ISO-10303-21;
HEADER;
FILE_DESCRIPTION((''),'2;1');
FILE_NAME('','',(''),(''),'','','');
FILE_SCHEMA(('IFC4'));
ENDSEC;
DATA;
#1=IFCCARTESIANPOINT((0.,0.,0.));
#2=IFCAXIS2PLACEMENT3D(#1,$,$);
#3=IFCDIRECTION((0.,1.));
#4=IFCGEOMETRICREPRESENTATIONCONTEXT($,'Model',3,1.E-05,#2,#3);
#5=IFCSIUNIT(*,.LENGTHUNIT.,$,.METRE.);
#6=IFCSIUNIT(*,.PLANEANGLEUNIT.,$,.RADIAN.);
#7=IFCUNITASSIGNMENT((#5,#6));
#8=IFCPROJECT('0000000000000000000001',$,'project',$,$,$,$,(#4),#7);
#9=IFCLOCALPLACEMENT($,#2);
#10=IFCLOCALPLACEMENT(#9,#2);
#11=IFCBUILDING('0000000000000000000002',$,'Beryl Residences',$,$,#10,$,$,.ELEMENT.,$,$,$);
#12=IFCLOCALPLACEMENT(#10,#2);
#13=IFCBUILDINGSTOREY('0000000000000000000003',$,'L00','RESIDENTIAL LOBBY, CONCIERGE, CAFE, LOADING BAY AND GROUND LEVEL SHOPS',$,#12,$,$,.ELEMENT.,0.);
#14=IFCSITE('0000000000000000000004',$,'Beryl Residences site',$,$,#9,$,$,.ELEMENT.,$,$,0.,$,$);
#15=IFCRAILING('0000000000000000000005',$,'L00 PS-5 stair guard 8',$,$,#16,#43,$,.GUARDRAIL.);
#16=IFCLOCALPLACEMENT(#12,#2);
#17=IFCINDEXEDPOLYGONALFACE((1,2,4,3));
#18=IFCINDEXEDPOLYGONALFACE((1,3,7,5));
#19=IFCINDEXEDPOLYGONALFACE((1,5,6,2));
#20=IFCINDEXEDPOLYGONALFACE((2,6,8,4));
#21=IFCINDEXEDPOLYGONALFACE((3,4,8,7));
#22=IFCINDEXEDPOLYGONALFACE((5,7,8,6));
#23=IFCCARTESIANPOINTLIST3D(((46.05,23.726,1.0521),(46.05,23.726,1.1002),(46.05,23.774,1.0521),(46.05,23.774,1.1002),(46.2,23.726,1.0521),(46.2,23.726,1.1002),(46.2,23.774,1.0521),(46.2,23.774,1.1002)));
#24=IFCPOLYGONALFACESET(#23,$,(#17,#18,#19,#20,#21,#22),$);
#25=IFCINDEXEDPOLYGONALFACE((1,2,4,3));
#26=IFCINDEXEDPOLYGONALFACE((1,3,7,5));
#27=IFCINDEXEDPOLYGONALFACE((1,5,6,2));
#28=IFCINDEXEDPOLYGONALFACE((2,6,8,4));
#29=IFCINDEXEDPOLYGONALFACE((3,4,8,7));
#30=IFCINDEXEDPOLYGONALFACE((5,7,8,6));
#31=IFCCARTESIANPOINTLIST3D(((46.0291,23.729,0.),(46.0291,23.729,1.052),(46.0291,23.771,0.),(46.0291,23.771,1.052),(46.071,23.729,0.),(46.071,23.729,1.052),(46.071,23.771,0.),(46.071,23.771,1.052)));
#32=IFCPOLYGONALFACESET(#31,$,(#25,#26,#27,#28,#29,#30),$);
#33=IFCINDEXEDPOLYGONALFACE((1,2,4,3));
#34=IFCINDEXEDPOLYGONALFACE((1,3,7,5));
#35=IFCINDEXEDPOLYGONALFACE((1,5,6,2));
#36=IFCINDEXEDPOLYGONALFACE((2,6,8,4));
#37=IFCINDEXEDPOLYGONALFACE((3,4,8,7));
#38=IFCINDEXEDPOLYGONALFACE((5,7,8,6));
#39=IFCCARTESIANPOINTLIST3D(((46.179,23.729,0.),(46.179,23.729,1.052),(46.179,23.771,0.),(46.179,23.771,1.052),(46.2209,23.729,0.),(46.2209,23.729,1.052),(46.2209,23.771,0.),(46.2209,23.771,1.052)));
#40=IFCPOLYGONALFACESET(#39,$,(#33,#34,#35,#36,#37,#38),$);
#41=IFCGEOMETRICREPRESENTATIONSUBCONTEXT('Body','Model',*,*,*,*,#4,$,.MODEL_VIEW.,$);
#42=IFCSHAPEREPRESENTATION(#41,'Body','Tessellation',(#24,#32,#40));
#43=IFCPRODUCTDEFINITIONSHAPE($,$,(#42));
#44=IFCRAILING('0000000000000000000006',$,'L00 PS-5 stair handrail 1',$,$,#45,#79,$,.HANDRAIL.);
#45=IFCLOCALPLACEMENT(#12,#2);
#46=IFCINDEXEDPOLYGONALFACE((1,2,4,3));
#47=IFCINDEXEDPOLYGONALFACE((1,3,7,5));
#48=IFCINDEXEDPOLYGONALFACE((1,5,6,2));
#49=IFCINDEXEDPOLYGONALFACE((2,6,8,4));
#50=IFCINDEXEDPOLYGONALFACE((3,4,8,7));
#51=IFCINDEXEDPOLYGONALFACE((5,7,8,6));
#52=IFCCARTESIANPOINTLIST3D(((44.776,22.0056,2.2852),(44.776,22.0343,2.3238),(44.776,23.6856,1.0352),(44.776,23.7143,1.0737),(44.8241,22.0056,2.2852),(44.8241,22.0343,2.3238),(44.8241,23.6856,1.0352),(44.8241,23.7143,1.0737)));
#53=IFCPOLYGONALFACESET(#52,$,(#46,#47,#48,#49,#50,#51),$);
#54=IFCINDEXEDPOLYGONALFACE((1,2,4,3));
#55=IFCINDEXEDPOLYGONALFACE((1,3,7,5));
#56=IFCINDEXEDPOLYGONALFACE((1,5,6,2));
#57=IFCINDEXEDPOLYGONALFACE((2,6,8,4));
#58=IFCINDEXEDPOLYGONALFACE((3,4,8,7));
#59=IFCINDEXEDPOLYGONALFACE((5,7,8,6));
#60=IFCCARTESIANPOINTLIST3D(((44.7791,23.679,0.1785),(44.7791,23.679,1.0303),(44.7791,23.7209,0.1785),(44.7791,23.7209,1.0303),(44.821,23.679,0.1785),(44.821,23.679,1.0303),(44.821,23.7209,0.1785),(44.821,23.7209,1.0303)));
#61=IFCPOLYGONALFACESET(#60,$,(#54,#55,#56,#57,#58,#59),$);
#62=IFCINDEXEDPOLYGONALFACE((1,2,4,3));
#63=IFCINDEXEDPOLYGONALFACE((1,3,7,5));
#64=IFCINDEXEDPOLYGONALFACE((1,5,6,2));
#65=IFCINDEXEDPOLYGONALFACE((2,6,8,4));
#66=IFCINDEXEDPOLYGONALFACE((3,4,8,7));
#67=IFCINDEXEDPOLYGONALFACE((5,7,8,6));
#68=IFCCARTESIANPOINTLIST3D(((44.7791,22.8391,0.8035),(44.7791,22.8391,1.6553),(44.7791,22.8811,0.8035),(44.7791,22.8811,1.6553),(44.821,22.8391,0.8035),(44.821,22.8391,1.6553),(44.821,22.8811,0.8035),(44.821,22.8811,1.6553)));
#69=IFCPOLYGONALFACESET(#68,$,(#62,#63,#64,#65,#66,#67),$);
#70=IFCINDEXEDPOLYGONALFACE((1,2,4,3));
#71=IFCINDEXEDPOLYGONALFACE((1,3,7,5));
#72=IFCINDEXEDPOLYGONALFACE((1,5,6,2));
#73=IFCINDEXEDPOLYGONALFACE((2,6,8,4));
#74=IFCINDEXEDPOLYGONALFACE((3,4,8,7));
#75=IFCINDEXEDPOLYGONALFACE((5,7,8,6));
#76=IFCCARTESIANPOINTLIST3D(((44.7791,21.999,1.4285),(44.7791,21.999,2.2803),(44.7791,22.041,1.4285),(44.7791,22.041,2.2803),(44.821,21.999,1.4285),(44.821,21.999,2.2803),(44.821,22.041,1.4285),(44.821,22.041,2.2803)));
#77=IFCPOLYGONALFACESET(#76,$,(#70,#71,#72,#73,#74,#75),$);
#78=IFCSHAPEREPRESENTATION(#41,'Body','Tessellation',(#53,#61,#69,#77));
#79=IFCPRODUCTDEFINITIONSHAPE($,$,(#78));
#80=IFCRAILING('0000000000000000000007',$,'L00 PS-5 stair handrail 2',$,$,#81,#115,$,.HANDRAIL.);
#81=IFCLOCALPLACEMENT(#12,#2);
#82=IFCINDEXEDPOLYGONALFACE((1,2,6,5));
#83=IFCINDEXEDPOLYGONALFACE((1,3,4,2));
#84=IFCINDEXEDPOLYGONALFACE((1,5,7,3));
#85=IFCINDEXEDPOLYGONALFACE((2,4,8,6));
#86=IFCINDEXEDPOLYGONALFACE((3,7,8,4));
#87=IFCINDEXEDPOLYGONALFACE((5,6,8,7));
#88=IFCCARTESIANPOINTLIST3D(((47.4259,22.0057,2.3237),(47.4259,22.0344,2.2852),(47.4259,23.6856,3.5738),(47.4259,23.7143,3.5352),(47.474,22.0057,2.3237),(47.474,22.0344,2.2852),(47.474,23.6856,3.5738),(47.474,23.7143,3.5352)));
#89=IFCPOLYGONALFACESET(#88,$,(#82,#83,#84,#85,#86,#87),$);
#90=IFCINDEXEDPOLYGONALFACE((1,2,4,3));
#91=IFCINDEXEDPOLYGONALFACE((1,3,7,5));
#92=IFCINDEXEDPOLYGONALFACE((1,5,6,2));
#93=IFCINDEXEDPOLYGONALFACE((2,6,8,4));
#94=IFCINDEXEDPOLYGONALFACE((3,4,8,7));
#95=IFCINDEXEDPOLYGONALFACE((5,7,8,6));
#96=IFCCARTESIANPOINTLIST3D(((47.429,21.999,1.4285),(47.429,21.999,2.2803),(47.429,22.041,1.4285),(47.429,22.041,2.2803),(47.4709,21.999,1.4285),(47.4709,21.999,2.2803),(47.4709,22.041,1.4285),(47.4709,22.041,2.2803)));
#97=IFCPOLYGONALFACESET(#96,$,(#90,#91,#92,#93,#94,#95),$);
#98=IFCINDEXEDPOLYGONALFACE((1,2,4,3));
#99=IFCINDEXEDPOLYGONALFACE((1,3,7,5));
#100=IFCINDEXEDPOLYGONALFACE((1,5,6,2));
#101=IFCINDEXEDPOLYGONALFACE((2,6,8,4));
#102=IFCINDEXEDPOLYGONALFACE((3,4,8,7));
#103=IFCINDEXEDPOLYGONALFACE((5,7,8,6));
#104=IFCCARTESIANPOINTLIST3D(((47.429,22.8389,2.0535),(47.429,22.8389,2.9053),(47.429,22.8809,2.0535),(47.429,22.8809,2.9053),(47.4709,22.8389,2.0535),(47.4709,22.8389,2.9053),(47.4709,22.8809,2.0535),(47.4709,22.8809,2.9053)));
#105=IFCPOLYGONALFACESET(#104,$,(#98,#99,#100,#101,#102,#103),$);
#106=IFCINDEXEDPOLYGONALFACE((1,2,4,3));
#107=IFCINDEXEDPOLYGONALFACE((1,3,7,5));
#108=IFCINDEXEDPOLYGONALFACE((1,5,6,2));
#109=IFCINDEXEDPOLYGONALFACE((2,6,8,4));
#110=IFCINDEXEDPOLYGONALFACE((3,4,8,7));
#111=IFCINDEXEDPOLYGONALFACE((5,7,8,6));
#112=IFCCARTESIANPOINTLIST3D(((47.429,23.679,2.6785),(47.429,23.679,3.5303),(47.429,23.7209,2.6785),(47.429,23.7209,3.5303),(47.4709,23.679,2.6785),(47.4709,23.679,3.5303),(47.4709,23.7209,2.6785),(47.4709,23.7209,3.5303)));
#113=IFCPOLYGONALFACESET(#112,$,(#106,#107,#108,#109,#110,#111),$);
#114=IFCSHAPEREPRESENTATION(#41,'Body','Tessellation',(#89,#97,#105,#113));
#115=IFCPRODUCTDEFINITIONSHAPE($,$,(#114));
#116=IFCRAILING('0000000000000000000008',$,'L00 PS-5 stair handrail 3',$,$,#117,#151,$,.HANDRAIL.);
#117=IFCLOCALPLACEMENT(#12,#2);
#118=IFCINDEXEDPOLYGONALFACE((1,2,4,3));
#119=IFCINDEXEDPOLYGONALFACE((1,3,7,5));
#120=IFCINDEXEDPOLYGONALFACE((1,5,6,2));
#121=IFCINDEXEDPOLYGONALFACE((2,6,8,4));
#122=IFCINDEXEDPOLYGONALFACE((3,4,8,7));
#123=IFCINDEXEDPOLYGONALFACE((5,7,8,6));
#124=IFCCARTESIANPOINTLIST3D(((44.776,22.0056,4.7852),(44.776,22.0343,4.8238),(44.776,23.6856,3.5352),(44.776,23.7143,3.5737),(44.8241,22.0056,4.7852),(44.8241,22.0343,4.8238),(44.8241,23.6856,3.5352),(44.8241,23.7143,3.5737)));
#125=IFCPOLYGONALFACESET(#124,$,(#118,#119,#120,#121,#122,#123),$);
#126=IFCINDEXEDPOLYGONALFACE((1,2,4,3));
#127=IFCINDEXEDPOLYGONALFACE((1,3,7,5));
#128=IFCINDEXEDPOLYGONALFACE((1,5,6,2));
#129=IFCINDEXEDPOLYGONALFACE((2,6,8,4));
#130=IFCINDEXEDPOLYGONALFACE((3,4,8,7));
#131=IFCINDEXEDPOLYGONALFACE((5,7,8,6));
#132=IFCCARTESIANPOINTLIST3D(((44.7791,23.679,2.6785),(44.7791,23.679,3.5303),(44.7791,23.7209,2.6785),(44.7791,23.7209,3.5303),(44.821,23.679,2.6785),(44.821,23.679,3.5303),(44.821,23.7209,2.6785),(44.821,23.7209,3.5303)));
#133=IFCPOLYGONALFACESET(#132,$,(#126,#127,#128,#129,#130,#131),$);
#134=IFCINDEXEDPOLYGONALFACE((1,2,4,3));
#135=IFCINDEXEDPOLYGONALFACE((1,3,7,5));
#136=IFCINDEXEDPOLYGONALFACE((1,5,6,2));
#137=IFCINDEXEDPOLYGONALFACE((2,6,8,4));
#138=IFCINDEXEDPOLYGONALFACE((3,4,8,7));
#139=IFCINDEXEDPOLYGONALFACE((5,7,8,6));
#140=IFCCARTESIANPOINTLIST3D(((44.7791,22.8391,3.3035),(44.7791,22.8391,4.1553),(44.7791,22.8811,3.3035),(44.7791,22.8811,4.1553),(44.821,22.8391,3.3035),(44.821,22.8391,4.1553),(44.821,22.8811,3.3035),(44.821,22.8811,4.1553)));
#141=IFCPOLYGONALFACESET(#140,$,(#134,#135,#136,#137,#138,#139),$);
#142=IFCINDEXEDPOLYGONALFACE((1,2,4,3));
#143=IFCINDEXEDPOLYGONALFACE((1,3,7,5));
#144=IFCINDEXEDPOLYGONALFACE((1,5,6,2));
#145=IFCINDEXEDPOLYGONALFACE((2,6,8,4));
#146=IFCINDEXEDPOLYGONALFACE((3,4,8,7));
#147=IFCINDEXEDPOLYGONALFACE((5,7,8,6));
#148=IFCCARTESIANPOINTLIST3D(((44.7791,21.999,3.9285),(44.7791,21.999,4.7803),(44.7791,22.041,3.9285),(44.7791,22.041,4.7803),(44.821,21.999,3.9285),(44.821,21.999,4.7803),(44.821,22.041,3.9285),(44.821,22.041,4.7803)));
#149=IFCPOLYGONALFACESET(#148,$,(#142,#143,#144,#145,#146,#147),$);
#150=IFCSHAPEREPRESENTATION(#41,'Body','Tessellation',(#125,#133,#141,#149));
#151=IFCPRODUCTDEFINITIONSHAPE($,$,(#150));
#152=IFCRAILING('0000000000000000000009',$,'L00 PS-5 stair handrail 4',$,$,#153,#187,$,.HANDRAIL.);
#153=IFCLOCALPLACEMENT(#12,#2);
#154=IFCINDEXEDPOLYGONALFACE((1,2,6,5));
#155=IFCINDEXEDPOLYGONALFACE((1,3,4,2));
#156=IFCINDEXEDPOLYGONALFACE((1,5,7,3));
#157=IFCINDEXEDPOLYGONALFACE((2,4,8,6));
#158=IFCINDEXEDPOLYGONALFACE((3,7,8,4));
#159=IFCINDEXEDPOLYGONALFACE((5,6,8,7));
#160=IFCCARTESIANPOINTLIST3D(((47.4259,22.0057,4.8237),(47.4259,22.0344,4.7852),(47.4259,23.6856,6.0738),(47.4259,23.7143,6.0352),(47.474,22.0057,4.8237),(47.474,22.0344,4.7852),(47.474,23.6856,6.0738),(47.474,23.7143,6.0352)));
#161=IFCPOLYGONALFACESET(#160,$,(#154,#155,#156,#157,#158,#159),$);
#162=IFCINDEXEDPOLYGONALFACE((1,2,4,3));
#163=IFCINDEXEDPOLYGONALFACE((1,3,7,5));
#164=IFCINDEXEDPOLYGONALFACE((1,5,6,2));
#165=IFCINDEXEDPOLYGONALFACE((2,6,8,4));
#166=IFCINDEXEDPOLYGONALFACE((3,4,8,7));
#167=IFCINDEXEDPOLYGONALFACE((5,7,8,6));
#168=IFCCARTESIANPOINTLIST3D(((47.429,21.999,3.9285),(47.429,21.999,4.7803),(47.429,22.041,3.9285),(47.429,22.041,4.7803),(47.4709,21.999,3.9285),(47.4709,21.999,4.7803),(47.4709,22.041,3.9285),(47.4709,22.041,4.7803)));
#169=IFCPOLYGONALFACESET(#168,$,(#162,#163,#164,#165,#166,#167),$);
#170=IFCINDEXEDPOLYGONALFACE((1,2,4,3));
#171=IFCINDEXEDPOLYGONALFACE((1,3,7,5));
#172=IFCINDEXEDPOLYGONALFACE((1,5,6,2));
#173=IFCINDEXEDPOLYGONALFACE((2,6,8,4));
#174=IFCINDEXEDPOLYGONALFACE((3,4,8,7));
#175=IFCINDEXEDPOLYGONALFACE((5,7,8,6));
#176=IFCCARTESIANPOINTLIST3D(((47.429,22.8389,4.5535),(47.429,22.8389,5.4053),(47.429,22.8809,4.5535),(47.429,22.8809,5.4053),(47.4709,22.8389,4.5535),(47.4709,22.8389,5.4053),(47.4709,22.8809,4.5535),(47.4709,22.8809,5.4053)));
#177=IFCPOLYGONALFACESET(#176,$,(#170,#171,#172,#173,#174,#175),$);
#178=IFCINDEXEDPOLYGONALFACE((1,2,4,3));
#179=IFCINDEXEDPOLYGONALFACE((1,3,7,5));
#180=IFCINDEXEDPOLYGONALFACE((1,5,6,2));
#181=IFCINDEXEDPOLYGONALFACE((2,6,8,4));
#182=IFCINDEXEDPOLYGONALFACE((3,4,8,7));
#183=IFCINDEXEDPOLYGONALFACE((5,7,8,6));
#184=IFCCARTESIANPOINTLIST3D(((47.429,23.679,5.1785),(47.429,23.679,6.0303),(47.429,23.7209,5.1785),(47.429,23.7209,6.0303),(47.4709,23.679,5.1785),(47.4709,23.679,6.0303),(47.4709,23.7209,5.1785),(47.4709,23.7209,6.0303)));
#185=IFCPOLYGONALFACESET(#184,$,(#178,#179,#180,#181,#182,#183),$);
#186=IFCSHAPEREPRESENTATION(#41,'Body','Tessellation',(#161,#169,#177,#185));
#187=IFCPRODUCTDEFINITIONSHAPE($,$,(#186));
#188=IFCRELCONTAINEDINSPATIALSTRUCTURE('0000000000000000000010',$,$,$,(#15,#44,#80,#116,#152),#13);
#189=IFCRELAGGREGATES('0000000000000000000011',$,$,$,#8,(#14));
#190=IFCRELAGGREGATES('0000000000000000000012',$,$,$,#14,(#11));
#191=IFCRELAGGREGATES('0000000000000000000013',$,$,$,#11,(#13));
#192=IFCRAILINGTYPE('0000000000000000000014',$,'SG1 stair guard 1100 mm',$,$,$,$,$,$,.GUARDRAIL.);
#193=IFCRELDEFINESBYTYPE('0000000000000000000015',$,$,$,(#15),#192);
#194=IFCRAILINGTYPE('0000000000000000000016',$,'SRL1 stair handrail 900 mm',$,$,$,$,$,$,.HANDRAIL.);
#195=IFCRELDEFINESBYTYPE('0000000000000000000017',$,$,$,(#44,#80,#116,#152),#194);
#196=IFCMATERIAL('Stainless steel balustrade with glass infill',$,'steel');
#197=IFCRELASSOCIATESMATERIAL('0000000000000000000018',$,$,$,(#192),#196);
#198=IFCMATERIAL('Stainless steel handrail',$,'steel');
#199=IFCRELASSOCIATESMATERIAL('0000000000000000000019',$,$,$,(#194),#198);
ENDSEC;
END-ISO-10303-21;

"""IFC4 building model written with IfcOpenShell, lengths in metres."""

from ifc_helpers import new_model, si_unit, direction, frame, origin, origin_2d, place, context, subcontext, project, spatial, rectangle, extrude, material, type_object, element, save


model = new_model("IFC4")

# Units and contexts
model_context = context("Model", 3, precision=1e-05, world=origin(), true_north=direction((0.0, 1.0)))
body_context = subcontext(model_context, "Body", "Model", "MODEL_VIEW")
ifc_project = project(units=[si_unit("LENGTHUNIT", "METRE"), si_unit("PLANEANGLEUNIT", "RADIAN")], contexts=[model_context])

# Site, building, storey
site_placement = place(None, origin())
site = spatial("IfcSite", under=ifc_project, at=site_placement, Name="Beryl Residences site", CompositionType="ELEMENT", RefElevation=0.0)
building_placement = place(site_placement, origin())
building = spatial("IfcBuilding", under=site, at=building_placement, Name="Beryl Residences", CompositionType="ELEMENT")
storey_placement = place(building_placement, origin())
storey = spatial("IfcBuildingStorey", under=building, at=storey_placement, Name="L00", Description="RESIDENTIAL LOBBY, CONCIERGE, CAFE, LOADING BAY AND GROUND LEVEL SHOPS", CompositionType="ELEMENT", Elevation=0.0)

# Railings
ifc_material_1 = material(Name="Stainless steel balustrade with glass infill", Category="steel")
railing_type_1 = type_object("IfcRailingType", Name="SG1 stair guard 1100 mm", PredefinedType="GUARDRAIL", material=ifc_material_1)
railing_1_placement = place(storey_placement, frame((46.05, 23.75, 0.0)))
element("IfcRailing", 1, at=railing_1_placement, inside=storey, type_object=railing_type_1, Name="L00 PS-5 stair guard 8", PredefinedType="GUARDRAIL", context=body_context, shape_type="SweptSolid", body=[
    extrude(rectangle(XDim=0.0481, YDim=0.0481, at=origin_2d()), frame((0.0, 0.0, 1.0762), z_axis=(1.0, 0.0, 0.0), x_axis=(0.0, 1.0, 0.0)), (0.0, 0.0, 1.0), 0.1499),
    extrude(rectangle(XDim=0.042, YDim=0.042, at=origin_2d()), origin(), (0.0, 0.0, 1.0), 1.052),
    extrude(rectangle(XDim=0.042, YDim=0.042, at=origin_2d()), frame((0.1499, 0.0, 0.0)), (0.0, 0.0, 1.0), 1.052),
])
ifc_material_2 = material(Name="Stainless steel handrail", Category="steel")
railing_type_2 = type_object("IfcRailingType", Name="SRL1 stair handrail 900 mm", PredefinedType="HANDRAIL", material=ifc_material_2)
railing_2_placement = place(storey_placement, frame((44.8, 23.7, 0.1785)))
element("IfcRailing", 2, at=railing_2_placement, inside=storey, type_object=railing_type_2, Name="L00 PS-5 stair handrail 1", PredefinedType="HANDRAIL", context=body_context, shape_type="SweptSolid", body=[
    extrude(rectangle(XDim=0.0481, YDim=0.0481, at=origin_2d()), frame((0.0, 0.0, 0.876), z_axis=(0.0, -0.802275, 0.596955), x_axis=(1.0, 0.0, 0.0)), (0.0, 0.0, 1.0), 2.094),
    extrude(rectangle(XDim=0.042, YDim=0.042, at=origin_2d()), origin(), (0.0, 0.0, 1.0), 0.8518),
    extrude(rectangle(XDim=0.042, YDim=0.042, at=origin_2d()), frame((0.0, -0.8398, 0.625)), (0.0, 0.0, 1.0), 0.8518),
    extrude(rectangle(XDim=0.042, YDim=0.042, at=origin_2d()), frame((0.0, -1.6799, 1.25)), (0.0, 0.0, 1.0), 0.8518),
])
railing_3_placement = place(storey_placement, frame((47.45, 22.02, 1.4285)))
element("IfcRailing", 3, at=railing_3_placement, inside=storey, type_object=railing_type_2, Name="L00 PS-5 stair handrail 2", PredefinedType="HANDRAIL", context=body_context, shape_type="SweptSolid", body=[
    extrude(rectangle(XDim=0.0481, YDim=0.0481, at=origin_2d()), frame((0.0, 0.0, 0.876), z_axis=(0.0, 0.802275, 0.596955), x_axis=(-1.0, 0.0, 0.0)), (0.0, 0.0, 1.0), 2.094),
    extrude(rectangle(XDim=0.042, YDim=0.042, at=origin_2d()), origin(), (0.0, 0.0, 1.0), 0.8518),
    extrude(rectangle(XDim=0.042, YDim=0.042, at=origin_2d()), frame((0.0, 0.8398, 0.625)), (0.0, 0.0, 1.0), 0.8518),
    extrude(rectangle(XDim=0.042, YDim=0.042, at=origin_2d()), frame((0.0, 1.6799, 1.25)), (0.0, 0.0, 1.0), 0.8518),
])
railing_4_placement = place(storey_placement, frame((44.8, 23.7, 2.6785)))
element("IfcRailing", 4, at=railing_4_placement, inside=storey, type_object=railing_type_2, Name="L00 PS-5 stair handrail 3", PredefinedType="HANDRAIL", context=body_context, shape_type="SweptSolid", body=[
    extrude(rectangle(XDim=0.0481, YDim=0.0481, at=origin_2d()), frame((0.0, 0.0, 0.876), z_axis=(0.0, -0.802275, 0.596955), x_axis=(1.0, 0.0, 0.0)), (0.0, 0.0, 1.0), 2.094),
    extrude(rectangle(XDim=0.042, YDim=0.042, at=origin_2d()), origin(), (0.0, 0.0, 1.0), 0.8518),
    extrude(rectangle(XDim=0.042, YDim=0.042, at=origin_2d()), frame((0.0, -0.8398, 0.625)), (0.0, 0.0, 1.0), 0.8518),
    extrude(rectangle(XDim=0.042, YDim=0.042, at=origin_2d()), frame((0.0, -1.6799, 1.25)), (0.0, 0.0, 1.0), 0.8518),
])
railing_5_placement = place(storey_placement, frame((47.45, 22.02, 3.9285)))
element("IfcRailing", 5, at=railing_5_placement, inside=storey, type_object=railing_type_2, Name="L00 PS-5 stair handrail 4", PredefinedType="HANDRAIL", context=body_context, shape_type="SweptSolid", body=[
    extrude(rectangle(XDim=0.0481, YDim=0.0481, at=origin_2d()), frame((0.0, 0.0, 0.876), z_axis=(0.0, 0.802275, 0.596955), x_axis=(-1.0, 0.0, 0.0)), (0.0, 0.0, 1.0), 2.094),
    extrude(rectangle(XDim=0.042, YDim=0.042, at=origin_2d()), origin(), (0.0, 0.0, 1.0), 0.8518),
    extrude(rectangle(XDim=0.042, YDim=0.042, at=origin_2d()), frame((0.0, 0.8398, 0.625)), (0.0, 0.0, 1.0), 0.8518),
    extrude(rectangle(XDim=0.042, YDim=0.042, at=origin_2d()), frame((0.0, 1.6799, 1.25)), (0.0, 0.0, 1.0), 0.8518),
])

save(model, "model.ifc")
